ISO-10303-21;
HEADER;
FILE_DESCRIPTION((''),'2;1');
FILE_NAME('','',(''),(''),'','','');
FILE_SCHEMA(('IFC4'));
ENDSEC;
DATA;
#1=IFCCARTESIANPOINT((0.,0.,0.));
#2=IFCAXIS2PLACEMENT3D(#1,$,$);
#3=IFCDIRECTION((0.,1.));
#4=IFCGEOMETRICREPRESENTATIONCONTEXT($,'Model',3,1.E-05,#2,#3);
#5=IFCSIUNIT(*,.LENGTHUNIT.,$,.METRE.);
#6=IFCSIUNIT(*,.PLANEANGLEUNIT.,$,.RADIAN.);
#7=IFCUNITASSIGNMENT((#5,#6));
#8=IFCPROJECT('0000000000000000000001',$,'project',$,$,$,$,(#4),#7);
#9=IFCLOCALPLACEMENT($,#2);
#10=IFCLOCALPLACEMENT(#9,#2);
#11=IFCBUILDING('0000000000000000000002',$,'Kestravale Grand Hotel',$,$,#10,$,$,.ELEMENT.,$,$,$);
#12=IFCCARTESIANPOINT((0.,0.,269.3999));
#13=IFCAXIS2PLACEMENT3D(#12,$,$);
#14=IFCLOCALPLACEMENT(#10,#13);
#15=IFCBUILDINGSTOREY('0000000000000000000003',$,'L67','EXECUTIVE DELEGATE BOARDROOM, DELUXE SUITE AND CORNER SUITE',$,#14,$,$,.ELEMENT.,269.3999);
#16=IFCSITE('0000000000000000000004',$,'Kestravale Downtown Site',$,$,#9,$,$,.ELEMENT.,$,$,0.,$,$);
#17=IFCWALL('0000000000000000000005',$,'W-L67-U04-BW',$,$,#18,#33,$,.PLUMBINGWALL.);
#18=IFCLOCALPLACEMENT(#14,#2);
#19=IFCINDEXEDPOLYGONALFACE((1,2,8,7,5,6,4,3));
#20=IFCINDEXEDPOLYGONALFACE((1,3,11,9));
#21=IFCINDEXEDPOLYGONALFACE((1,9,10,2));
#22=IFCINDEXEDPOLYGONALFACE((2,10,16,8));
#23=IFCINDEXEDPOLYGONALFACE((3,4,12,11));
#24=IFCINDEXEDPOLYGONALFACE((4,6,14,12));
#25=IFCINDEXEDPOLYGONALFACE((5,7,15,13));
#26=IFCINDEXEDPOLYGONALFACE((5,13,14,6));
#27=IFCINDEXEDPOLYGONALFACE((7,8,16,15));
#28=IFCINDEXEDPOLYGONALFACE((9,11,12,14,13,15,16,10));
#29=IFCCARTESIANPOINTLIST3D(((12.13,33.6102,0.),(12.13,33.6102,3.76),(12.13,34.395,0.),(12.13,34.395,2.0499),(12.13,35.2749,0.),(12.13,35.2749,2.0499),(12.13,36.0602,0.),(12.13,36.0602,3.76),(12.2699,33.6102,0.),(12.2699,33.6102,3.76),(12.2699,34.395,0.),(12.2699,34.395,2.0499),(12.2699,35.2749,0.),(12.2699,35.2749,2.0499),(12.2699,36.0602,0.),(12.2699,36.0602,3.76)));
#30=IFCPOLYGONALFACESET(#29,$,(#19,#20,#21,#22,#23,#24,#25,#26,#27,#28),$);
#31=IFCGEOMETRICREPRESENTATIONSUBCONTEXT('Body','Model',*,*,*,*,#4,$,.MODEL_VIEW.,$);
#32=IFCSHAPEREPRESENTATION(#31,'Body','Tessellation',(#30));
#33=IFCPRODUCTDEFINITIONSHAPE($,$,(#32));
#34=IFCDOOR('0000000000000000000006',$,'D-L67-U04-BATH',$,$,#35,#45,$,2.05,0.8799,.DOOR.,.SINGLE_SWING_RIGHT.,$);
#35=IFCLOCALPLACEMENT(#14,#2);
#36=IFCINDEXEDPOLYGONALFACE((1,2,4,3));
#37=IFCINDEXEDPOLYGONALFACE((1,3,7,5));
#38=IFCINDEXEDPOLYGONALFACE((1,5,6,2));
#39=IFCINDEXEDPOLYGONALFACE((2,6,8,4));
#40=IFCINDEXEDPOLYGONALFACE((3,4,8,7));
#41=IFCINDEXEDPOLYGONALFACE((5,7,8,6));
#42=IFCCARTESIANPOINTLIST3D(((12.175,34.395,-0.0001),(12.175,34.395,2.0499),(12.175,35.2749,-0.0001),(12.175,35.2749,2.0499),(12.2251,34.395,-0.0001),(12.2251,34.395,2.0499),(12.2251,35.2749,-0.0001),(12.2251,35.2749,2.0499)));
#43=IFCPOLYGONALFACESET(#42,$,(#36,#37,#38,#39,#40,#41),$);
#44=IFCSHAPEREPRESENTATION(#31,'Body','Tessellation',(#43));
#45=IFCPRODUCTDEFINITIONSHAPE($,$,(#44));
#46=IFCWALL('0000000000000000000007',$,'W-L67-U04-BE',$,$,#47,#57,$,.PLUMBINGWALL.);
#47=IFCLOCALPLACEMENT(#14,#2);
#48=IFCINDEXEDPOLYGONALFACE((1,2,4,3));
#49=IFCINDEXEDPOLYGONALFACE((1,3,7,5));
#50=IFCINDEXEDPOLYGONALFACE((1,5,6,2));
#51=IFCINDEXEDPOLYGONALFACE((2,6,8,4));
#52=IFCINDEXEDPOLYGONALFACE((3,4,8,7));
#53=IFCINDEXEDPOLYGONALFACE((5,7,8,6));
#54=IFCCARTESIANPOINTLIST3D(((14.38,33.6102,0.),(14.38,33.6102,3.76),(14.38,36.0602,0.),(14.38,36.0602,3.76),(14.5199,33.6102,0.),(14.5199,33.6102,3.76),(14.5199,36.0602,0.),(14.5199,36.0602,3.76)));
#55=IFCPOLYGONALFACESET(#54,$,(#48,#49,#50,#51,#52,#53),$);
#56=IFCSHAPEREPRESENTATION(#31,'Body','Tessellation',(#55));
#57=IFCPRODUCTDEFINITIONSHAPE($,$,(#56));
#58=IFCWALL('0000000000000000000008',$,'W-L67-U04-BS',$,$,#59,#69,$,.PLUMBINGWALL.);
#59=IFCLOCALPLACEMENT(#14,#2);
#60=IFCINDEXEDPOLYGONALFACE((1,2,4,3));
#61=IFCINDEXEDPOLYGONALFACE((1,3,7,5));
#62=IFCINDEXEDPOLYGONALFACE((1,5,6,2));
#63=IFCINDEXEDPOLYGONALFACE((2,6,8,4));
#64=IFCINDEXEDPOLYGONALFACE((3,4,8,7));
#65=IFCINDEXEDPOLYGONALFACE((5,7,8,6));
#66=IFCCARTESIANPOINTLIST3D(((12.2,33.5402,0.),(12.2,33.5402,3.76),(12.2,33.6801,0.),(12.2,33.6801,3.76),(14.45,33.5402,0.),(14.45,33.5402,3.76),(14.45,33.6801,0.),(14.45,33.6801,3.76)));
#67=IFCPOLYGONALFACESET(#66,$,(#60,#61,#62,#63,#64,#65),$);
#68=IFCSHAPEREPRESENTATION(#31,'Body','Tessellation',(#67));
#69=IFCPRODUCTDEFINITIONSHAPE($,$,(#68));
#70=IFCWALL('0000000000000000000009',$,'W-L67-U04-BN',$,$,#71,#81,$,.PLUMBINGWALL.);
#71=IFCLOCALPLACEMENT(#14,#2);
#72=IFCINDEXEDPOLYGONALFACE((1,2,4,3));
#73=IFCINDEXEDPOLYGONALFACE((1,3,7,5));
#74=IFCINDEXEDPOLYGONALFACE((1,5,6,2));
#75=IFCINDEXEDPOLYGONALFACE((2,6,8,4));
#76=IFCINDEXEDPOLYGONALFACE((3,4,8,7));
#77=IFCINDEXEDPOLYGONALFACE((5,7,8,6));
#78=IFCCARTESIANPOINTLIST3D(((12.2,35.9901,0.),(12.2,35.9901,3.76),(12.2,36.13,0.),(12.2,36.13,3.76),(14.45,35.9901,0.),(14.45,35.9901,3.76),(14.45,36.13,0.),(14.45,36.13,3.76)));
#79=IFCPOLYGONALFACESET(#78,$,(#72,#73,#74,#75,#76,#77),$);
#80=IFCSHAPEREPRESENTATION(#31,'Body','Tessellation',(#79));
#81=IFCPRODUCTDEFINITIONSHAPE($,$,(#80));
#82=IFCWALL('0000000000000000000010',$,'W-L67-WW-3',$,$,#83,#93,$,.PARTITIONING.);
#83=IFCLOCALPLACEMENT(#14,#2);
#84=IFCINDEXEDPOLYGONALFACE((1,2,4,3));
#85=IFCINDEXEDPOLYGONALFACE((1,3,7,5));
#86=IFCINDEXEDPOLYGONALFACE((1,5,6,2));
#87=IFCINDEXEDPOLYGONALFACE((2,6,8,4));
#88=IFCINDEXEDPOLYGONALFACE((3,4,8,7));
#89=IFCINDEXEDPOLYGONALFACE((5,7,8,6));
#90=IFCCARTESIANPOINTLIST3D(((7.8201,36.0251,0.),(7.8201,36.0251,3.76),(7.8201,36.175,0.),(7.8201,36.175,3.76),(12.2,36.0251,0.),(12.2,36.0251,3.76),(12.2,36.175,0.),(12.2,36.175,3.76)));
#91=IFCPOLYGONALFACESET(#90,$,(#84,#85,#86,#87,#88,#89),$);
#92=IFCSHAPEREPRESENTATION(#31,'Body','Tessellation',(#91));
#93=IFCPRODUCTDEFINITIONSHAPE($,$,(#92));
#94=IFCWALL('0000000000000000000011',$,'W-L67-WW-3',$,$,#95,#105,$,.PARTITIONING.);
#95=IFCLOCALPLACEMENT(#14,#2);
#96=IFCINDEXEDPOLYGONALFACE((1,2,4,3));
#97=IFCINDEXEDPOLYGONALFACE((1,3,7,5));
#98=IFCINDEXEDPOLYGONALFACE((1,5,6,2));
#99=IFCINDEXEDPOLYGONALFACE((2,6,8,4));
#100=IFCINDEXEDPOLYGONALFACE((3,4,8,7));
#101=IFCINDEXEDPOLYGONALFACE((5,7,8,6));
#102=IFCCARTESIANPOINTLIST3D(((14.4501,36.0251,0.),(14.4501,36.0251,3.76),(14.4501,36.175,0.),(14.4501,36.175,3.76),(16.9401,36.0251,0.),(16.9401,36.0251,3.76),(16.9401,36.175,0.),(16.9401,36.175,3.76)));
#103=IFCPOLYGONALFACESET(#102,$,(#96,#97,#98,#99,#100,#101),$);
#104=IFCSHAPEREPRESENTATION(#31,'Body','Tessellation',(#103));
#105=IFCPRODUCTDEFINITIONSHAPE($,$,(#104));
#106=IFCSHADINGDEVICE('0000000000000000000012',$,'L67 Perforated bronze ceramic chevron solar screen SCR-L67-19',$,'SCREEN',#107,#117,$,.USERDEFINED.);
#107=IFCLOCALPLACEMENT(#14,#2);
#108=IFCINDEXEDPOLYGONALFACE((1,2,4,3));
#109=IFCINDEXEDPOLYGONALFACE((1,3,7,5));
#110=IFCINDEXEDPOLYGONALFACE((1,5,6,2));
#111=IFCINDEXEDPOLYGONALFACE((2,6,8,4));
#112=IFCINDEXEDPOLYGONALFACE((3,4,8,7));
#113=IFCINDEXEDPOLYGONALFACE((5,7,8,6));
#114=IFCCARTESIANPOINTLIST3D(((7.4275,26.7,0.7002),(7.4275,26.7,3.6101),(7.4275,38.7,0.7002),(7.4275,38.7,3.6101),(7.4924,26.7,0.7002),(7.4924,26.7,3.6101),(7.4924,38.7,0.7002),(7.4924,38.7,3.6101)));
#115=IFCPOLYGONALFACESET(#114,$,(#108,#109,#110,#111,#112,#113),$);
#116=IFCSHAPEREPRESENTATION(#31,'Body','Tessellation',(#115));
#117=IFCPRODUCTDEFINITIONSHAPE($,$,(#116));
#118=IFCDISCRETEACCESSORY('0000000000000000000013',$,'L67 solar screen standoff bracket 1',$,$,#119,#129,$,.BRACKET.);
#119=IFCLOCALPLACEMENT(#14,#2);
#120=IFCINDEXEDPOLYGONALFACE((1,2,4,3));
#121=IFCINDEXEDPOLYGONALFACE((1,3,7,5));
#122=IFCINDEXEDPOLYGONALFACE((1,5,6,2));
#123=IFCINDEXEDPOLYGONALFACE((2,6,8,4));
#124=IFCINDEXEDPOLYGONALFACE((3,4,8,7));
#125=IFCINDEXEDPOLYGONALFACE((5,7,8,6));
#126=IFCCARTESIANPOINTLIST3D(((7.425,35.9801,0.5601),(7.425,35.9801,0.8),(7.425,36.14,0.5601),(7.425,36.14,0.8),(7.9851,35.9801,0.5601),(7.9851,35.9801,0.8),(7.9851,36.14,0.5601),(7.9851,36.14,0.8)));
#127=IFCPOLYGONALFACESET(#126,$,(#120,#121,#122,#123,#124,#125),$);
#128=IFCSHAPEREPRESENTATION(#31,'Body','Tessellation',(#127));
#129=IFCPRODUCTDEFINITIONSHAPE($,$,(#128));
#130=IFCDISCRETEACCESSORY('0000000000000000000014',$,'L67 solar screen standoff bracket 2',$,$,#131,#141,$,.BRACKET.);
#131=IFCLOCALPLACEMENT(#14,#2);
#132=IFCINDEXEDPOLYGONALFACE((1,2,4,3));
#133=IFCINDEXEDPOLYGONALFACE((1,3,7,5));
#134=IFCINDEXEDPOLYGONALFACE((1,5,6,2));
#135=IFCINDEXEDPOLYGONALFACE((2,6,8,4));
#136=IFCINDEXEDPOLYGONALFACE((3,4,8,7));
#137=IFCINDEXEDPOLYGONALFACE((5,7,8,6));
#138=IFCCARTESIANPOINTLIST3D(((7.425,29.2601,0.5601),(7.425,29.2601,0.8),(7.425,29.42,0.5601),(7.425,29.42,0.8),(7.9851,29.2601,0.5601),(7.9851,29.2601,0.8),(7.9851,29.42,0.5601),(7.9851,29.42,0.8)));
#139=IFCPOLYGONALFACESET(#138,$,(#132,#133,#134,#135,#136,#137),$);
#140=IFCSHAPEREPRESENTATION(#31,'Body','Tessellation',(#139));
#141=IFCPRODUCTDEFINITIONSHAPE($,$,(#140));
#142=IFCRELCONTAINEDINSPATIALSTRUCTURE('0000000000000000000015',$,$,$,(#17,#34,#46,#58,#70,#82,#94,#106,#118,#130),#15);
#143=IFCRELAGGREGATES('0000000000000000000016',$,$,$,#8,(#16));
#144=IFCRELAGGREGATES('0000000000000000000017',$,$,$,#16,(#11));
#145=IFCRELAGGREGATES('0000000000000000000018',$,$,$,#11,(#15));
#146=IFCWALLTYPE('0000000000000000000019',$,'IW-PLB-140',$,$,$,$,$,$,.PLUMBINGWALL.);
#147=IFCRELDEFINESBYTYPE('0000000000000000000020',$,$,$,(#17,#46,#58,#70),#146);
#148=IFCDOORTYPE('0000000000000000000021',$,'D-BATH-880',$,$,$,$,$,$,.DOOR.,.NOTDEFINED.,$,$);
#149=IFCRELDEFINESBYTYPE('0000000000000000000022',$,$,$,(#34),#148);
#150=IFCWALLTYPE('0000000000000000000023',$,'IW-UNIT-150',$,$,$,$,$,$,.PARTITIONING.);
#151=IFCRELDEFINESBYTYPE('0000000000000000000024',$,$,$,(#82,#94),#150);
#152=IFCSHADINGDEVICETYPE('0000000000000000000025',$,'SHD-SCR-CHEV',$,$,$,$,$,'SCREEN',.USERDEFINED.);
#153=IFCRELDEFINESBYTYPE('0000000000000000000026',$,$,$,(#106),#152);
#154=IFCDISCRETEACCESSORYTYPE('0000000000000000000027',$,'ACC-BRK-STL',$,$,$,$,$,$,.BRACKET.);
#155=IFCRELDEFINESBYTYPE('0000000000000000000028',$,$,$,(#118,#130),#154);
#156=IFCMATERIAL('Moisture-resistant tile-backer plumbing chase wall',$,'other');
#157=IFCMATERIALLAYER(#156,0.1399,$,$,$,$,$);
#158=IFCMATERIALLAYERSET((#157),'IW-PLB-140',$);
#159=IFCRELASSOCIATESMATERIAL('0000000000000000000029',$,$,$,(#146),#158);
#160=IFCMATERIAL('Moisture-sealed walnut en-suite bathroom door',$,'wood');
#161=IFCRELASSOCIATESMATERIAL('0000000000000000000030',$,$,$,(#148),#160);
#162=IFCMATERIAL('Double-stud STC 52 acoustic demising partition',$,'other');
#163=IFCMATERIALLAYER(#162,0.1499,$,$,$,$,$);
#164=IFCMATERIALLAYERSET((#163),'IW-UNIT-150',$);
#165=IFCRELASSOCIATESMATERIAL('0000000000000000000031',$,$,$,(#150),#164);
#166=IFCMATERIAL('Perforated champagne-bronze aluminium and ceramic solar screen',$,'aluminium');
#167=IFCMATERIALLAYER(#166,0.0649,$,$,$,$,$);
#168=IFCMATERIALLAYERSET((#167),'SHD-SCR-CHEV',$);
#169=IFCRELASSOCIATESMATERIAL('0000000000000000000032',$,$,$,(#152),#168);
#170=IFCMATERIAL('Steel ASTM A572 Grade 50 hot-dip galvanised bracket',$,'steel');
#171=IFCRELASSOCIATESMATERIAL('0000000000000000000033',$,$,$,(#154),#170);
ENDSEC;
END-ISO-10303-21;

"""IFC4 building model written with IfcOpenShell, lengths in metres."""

from ifc_helpers import new_model, si_unit, direction, frame, frame_2d, origin, origin_2d, place, context, subcontext, project, spatial, rectangle, extrude, material, layer, layer_set, type_object, element, fill, save


model = new_model("IFC4")

# Units and contexts
model_context = context("Model", 3, precision=1e-05, world=origin(), true_north=direction((0.0, 1.0)))
body_context = subcontext(model_context, "Body", "Model", "MODEL_VIEW")
ifc_project = project(units=[si_unit("LENGTHUNIT", "METRE"), si_unit("PLANEANGLEUNIT", "RADIAN")], contexts=[model_context])

# Site, building, storey
site_placement = place(None, origin())
site = spatial("IfcSite", under=ifc_project, at=site_placement, Name="Kestravale Downtown Site", CompositionType="ELEMENT", RefElevation=0.0)
building_placement = place(site_placement, origin())
building = spatial("IfcBuilding", under=site, at=building_placement, Name="Kestravale Grand Hotel", CompositionType="ELEMENT")
storey_placement = place(building_placement, frame((0.0, 0.0, 269.3999)))
storey = spatial("IfcBuildingStorey", under=building, at=storey_placement, Name="L67", Description="EXECUTIVE DELEGATE BOARDROOM, DELUXE SUITE AND CORNER SUITE", CompositionType="ELEMENT", Elevation=269.3999)

# Wall, opening, door
ifc_material_1 = material(Name="Moisture-resistant tile-backer plumbing chase wall", Category="other")
ifc_layer_1 = layer(ifc_material_1, 0.1399)
ifc_layer_set_1 = layer_set([ifc_layer_1], Name="IW-PLB-140")
wall_type_1 = type_object("IfcWallType", Name="IW-PLB-140", PredefinedType="PLUMBINGWALL", material=ifc_layer_set_1)
wall_1_placement = place(storey_placement, frame((12.2, 33.6101, 0.0), z_axis=(0.0, 0.0, 1.0), x_axis=(0.0, 1.0, 0.0)))
wall_1 = element("IfcWall", 1, at=wall_1_placement, inside=storey, type_object=wall_type_1, Name="W-L67-U04-BW", PredefinedType="PLUMBINGWALL", context=body_context, shape_type="SweptSolid", body=[
    extrude(rectangle(XDim=2.45, YDim=0.1399, at=frame_2d((1.2251, 0.0))), origin(), (0.0, 0.0, 1.0), 3.76),
])
opening_1_placement = place(wall_1_placement, frame((0.7849, 0.0, 0.0)))
opening_1 = element("IfcOpeningElement", 2, at=opening_1_placement, cuts=wall_1, PredefinedType="OPENING", context=body_context, shape_type="SweptSolid", body=[
    extrude(rectangle(XDim=0.8799, YDim=2.05, at=frame_2d((0.4399, 1.0249))), frame((0.0, 0.0798, 0.0), z_axis=(0.0, -1.0, 0.0), x_axis=(1.0, 0.0, 0.0)), (0.0, 0.0, 1.0), 0.1599),
])
ifc_material_2 = material(Name="Moisture-sealed walnut en-suite bathroom door", Category="wood")
door_type_1 = type_object("IfcDoorType", Name="D-BATH-880", OperationType="NOTDEFINED", PredefinedType="DOOR", material=ifc_material_2)
door_1_placement = place(opening_1_placement, origin())
door_1 = element("IfcDoor", 3, at=door_1_placement, inside=storey, type_object=door_type_1, Name="D-L67-U04-BATH", OperationType="SINGLE_SWING_RIGHT", OverallHeight=2.05, OverallWidth=0.8799, PredefinedType="DOOR", context=body_context, shape_type="SweptSolid", body=[
    extrude(rectangle(XDim=0.8799, YDim=2.05, at=frame_2d((0.4399, 1.0249))), frame((0.0, 0.0249, 0.0), z_axis=(0.0, -1.0, 0.0), x_axis=(1.0, 0.0, 0.0)), (0.0, 0.0, 1.0), 0.05),
])
fill(opening_1, door_1)

# Walls
wall_2_placement = place(storey_placement, frame((14.45, 33.6101, 0.0), z_axis=(0.0, 0.0, 1.0), x_axis=(0.0, 1.0, 0.0)))
element("IfcWall", 4, at=wall_2_placement, inside=storey, type_object=wall_type_1, Name="W-L67-U04-BE", PredefinedType="PLUMBINGWALL", context=body_context, shape_type="SweptSolid", body=[
    extrude(rectangle(XDim=2.45, YDim=0.1399, at=frame_2d((1.2251, 0.0))), origin(), (0.0, 0.0, 1.0), 3.76),
])
for number, where, z_axis, x_axis, name in (
    (5, (12.2, 33.6101, 0.0), (0.0, 0.0, 1.0), (1.0, 0.0, 0.0), "W-L67-U04-BS"),
    (6, (12.2, 36.0601, 0.0), (0.0, 0.0, 1.0), (1.0, 0.0, 0.0), "W-L67-U04-BN"),
):
    element("IfcWall", number, at=place(storey_placement, frame(where, z_axis=z_axis, x_axis=x_axis)), inside=storey, type_object=wall_type_1, Name=name, PredefinedType="PLUMBINGWALL", context=body_context, shape_type="SweptSolid", body=[
        extrude(rectangle(XDim=2.25, YDim=0.1399, at=frame_2d((1.125, 0.0))), origin(), (0.0, 0.0, 1.0), 3.76),
    ])
ifc_material_3 = material(Name="Double-stud STC 52 acoustic demising partition", Category="other")
ifc_layer_2 = layer(ifc_material_3, 0.1499)
ifc_layer_set_2 = layer_set([ifc_layer_2], Name="IW-UNIT-150")
wall_type_2 = type_object("IfcWallType", Name="IW-UNIT-150", PredefinedType="PARTITIONING", material=ifc_layer_set_2)
wall_3_placement = place(storey_placement, frame((7.8201, 36.1001, 0.0), z_axis=(0.0, 0.0, 1.0), x_axis=(1.0, 0.0, 0.0)))
element("IfcWall", 7, at=wall_3_placement, inside=storey, type_object=wall_type_2, Name="W-L67-WW-3", PredefinedType="PARTITIONING", context=body_context, shape_type="SweptSolid", body=[
    extrude(rectangle(XDim=4.3799, YDim=0.1499, at=frame_2d((2.1899, 0.0))), origin(), (0.0, 0.0, 1.0), 3.76),
])
wall_4_placement = place(storey_placement, frame((14.45, 36.1001, 0.0), z_axis=(0.0, 0.0, 1.0), x_axis=(1.0, 0.0, 0.0)))
element("IfcWall", 8, at=wall_4_placement, inside=storey, type_object=wall_type_2, Name="W-L67-WW-3", PredefinedType="PARTITIONING", context=body_context, shape_type="SweptSolid", body=[
    extrude(rectangle(XDim=2.49, YDim=0.1499, at=frame_2d((1.2451, 0.0))), origin(), (0.0, 0.0, 1.0), 3.76),
])

# Shading device
ifc_material_4 = material(Name="Perforated champagne-bronze aluminium and ceramic solar screen", Category="aluminium")
ifc_layer_3 = layer(ifc_material_4, 0.0649)
ifc_layer_set_3 = layer_set([ifc_layer_3], Name="SHD-SCR-CHEV")
shading_device_type = type_object("IfcShadingDeviceType", Name="SHD-SCR-CHEV", ElementType="SCREEN", PredefinedType="USERDEFINED", material=ifc_layer_set_3)
shading_device_placement = place(storey_placement, frame((7.46, 32.7, 0.7002), z_axis=(0.0, 0.0, 1.0), x_axis=(0.0, -1.0, 0.0)))
element("IfcShadingDevice", 9, at=shading_device_placement, inside=storey, type_object=shading_device_type, Name="L67 Perforated bronze ceramic chevron solar screen SCR-L67-19", ObjectType="SCREEN", PredefinedType="USERDEFINED", context=body_context, shape_type="SweptSolid", body=[
    extrude(rectangle(XDim=12.0, YDim=0.0649, at=origin_2d()), origin(), (0.0, 0.0, 1.0), 2.9099),
])

# Discrete accessories
ifc_material_5 = material(Name="Steel ASTM A572 Grade 50 hot-dip galvanised bracket", Category="steel")
discrete_accessory_type = type_object("IfcDiscreteAccessoryType", Name="ACC-BRK-STL", PredefinedType="BRACKET", material=ifc_material_5)
for number, where, z_axis, x_axis, name in (
    (10, (7.7051, 36.0601, 0.5601), (0.0, 0.0, 1.0), (0.0, -1.0, 0.0), "L67 solar screen standoff bracket 1"),
    (11, (7.7051, 29.3401, 0.5601), (0.0, 0.0, 1.0), (0.0, -1.0, 0.0), "L67 solar screen standoff bracket 2"),
):
    element("IfcDiscreteAccessory", number, at=place(storey_placement, frame(where, z_axis=z_axis, x_axis=x_axis)), inside=storey, type_object=discrete_accessory_type, Name=name, PredefinedType="BRACKET", context=body_context, shape_type="SweptSolid", body=[
        extrude(rectangle(XDim=0.1599, YDim=0.5601, at=origin_2d()), origin(), (0.0, 0.0, 1.0), 0.24),
    ])

save(model, "model.ifc")
